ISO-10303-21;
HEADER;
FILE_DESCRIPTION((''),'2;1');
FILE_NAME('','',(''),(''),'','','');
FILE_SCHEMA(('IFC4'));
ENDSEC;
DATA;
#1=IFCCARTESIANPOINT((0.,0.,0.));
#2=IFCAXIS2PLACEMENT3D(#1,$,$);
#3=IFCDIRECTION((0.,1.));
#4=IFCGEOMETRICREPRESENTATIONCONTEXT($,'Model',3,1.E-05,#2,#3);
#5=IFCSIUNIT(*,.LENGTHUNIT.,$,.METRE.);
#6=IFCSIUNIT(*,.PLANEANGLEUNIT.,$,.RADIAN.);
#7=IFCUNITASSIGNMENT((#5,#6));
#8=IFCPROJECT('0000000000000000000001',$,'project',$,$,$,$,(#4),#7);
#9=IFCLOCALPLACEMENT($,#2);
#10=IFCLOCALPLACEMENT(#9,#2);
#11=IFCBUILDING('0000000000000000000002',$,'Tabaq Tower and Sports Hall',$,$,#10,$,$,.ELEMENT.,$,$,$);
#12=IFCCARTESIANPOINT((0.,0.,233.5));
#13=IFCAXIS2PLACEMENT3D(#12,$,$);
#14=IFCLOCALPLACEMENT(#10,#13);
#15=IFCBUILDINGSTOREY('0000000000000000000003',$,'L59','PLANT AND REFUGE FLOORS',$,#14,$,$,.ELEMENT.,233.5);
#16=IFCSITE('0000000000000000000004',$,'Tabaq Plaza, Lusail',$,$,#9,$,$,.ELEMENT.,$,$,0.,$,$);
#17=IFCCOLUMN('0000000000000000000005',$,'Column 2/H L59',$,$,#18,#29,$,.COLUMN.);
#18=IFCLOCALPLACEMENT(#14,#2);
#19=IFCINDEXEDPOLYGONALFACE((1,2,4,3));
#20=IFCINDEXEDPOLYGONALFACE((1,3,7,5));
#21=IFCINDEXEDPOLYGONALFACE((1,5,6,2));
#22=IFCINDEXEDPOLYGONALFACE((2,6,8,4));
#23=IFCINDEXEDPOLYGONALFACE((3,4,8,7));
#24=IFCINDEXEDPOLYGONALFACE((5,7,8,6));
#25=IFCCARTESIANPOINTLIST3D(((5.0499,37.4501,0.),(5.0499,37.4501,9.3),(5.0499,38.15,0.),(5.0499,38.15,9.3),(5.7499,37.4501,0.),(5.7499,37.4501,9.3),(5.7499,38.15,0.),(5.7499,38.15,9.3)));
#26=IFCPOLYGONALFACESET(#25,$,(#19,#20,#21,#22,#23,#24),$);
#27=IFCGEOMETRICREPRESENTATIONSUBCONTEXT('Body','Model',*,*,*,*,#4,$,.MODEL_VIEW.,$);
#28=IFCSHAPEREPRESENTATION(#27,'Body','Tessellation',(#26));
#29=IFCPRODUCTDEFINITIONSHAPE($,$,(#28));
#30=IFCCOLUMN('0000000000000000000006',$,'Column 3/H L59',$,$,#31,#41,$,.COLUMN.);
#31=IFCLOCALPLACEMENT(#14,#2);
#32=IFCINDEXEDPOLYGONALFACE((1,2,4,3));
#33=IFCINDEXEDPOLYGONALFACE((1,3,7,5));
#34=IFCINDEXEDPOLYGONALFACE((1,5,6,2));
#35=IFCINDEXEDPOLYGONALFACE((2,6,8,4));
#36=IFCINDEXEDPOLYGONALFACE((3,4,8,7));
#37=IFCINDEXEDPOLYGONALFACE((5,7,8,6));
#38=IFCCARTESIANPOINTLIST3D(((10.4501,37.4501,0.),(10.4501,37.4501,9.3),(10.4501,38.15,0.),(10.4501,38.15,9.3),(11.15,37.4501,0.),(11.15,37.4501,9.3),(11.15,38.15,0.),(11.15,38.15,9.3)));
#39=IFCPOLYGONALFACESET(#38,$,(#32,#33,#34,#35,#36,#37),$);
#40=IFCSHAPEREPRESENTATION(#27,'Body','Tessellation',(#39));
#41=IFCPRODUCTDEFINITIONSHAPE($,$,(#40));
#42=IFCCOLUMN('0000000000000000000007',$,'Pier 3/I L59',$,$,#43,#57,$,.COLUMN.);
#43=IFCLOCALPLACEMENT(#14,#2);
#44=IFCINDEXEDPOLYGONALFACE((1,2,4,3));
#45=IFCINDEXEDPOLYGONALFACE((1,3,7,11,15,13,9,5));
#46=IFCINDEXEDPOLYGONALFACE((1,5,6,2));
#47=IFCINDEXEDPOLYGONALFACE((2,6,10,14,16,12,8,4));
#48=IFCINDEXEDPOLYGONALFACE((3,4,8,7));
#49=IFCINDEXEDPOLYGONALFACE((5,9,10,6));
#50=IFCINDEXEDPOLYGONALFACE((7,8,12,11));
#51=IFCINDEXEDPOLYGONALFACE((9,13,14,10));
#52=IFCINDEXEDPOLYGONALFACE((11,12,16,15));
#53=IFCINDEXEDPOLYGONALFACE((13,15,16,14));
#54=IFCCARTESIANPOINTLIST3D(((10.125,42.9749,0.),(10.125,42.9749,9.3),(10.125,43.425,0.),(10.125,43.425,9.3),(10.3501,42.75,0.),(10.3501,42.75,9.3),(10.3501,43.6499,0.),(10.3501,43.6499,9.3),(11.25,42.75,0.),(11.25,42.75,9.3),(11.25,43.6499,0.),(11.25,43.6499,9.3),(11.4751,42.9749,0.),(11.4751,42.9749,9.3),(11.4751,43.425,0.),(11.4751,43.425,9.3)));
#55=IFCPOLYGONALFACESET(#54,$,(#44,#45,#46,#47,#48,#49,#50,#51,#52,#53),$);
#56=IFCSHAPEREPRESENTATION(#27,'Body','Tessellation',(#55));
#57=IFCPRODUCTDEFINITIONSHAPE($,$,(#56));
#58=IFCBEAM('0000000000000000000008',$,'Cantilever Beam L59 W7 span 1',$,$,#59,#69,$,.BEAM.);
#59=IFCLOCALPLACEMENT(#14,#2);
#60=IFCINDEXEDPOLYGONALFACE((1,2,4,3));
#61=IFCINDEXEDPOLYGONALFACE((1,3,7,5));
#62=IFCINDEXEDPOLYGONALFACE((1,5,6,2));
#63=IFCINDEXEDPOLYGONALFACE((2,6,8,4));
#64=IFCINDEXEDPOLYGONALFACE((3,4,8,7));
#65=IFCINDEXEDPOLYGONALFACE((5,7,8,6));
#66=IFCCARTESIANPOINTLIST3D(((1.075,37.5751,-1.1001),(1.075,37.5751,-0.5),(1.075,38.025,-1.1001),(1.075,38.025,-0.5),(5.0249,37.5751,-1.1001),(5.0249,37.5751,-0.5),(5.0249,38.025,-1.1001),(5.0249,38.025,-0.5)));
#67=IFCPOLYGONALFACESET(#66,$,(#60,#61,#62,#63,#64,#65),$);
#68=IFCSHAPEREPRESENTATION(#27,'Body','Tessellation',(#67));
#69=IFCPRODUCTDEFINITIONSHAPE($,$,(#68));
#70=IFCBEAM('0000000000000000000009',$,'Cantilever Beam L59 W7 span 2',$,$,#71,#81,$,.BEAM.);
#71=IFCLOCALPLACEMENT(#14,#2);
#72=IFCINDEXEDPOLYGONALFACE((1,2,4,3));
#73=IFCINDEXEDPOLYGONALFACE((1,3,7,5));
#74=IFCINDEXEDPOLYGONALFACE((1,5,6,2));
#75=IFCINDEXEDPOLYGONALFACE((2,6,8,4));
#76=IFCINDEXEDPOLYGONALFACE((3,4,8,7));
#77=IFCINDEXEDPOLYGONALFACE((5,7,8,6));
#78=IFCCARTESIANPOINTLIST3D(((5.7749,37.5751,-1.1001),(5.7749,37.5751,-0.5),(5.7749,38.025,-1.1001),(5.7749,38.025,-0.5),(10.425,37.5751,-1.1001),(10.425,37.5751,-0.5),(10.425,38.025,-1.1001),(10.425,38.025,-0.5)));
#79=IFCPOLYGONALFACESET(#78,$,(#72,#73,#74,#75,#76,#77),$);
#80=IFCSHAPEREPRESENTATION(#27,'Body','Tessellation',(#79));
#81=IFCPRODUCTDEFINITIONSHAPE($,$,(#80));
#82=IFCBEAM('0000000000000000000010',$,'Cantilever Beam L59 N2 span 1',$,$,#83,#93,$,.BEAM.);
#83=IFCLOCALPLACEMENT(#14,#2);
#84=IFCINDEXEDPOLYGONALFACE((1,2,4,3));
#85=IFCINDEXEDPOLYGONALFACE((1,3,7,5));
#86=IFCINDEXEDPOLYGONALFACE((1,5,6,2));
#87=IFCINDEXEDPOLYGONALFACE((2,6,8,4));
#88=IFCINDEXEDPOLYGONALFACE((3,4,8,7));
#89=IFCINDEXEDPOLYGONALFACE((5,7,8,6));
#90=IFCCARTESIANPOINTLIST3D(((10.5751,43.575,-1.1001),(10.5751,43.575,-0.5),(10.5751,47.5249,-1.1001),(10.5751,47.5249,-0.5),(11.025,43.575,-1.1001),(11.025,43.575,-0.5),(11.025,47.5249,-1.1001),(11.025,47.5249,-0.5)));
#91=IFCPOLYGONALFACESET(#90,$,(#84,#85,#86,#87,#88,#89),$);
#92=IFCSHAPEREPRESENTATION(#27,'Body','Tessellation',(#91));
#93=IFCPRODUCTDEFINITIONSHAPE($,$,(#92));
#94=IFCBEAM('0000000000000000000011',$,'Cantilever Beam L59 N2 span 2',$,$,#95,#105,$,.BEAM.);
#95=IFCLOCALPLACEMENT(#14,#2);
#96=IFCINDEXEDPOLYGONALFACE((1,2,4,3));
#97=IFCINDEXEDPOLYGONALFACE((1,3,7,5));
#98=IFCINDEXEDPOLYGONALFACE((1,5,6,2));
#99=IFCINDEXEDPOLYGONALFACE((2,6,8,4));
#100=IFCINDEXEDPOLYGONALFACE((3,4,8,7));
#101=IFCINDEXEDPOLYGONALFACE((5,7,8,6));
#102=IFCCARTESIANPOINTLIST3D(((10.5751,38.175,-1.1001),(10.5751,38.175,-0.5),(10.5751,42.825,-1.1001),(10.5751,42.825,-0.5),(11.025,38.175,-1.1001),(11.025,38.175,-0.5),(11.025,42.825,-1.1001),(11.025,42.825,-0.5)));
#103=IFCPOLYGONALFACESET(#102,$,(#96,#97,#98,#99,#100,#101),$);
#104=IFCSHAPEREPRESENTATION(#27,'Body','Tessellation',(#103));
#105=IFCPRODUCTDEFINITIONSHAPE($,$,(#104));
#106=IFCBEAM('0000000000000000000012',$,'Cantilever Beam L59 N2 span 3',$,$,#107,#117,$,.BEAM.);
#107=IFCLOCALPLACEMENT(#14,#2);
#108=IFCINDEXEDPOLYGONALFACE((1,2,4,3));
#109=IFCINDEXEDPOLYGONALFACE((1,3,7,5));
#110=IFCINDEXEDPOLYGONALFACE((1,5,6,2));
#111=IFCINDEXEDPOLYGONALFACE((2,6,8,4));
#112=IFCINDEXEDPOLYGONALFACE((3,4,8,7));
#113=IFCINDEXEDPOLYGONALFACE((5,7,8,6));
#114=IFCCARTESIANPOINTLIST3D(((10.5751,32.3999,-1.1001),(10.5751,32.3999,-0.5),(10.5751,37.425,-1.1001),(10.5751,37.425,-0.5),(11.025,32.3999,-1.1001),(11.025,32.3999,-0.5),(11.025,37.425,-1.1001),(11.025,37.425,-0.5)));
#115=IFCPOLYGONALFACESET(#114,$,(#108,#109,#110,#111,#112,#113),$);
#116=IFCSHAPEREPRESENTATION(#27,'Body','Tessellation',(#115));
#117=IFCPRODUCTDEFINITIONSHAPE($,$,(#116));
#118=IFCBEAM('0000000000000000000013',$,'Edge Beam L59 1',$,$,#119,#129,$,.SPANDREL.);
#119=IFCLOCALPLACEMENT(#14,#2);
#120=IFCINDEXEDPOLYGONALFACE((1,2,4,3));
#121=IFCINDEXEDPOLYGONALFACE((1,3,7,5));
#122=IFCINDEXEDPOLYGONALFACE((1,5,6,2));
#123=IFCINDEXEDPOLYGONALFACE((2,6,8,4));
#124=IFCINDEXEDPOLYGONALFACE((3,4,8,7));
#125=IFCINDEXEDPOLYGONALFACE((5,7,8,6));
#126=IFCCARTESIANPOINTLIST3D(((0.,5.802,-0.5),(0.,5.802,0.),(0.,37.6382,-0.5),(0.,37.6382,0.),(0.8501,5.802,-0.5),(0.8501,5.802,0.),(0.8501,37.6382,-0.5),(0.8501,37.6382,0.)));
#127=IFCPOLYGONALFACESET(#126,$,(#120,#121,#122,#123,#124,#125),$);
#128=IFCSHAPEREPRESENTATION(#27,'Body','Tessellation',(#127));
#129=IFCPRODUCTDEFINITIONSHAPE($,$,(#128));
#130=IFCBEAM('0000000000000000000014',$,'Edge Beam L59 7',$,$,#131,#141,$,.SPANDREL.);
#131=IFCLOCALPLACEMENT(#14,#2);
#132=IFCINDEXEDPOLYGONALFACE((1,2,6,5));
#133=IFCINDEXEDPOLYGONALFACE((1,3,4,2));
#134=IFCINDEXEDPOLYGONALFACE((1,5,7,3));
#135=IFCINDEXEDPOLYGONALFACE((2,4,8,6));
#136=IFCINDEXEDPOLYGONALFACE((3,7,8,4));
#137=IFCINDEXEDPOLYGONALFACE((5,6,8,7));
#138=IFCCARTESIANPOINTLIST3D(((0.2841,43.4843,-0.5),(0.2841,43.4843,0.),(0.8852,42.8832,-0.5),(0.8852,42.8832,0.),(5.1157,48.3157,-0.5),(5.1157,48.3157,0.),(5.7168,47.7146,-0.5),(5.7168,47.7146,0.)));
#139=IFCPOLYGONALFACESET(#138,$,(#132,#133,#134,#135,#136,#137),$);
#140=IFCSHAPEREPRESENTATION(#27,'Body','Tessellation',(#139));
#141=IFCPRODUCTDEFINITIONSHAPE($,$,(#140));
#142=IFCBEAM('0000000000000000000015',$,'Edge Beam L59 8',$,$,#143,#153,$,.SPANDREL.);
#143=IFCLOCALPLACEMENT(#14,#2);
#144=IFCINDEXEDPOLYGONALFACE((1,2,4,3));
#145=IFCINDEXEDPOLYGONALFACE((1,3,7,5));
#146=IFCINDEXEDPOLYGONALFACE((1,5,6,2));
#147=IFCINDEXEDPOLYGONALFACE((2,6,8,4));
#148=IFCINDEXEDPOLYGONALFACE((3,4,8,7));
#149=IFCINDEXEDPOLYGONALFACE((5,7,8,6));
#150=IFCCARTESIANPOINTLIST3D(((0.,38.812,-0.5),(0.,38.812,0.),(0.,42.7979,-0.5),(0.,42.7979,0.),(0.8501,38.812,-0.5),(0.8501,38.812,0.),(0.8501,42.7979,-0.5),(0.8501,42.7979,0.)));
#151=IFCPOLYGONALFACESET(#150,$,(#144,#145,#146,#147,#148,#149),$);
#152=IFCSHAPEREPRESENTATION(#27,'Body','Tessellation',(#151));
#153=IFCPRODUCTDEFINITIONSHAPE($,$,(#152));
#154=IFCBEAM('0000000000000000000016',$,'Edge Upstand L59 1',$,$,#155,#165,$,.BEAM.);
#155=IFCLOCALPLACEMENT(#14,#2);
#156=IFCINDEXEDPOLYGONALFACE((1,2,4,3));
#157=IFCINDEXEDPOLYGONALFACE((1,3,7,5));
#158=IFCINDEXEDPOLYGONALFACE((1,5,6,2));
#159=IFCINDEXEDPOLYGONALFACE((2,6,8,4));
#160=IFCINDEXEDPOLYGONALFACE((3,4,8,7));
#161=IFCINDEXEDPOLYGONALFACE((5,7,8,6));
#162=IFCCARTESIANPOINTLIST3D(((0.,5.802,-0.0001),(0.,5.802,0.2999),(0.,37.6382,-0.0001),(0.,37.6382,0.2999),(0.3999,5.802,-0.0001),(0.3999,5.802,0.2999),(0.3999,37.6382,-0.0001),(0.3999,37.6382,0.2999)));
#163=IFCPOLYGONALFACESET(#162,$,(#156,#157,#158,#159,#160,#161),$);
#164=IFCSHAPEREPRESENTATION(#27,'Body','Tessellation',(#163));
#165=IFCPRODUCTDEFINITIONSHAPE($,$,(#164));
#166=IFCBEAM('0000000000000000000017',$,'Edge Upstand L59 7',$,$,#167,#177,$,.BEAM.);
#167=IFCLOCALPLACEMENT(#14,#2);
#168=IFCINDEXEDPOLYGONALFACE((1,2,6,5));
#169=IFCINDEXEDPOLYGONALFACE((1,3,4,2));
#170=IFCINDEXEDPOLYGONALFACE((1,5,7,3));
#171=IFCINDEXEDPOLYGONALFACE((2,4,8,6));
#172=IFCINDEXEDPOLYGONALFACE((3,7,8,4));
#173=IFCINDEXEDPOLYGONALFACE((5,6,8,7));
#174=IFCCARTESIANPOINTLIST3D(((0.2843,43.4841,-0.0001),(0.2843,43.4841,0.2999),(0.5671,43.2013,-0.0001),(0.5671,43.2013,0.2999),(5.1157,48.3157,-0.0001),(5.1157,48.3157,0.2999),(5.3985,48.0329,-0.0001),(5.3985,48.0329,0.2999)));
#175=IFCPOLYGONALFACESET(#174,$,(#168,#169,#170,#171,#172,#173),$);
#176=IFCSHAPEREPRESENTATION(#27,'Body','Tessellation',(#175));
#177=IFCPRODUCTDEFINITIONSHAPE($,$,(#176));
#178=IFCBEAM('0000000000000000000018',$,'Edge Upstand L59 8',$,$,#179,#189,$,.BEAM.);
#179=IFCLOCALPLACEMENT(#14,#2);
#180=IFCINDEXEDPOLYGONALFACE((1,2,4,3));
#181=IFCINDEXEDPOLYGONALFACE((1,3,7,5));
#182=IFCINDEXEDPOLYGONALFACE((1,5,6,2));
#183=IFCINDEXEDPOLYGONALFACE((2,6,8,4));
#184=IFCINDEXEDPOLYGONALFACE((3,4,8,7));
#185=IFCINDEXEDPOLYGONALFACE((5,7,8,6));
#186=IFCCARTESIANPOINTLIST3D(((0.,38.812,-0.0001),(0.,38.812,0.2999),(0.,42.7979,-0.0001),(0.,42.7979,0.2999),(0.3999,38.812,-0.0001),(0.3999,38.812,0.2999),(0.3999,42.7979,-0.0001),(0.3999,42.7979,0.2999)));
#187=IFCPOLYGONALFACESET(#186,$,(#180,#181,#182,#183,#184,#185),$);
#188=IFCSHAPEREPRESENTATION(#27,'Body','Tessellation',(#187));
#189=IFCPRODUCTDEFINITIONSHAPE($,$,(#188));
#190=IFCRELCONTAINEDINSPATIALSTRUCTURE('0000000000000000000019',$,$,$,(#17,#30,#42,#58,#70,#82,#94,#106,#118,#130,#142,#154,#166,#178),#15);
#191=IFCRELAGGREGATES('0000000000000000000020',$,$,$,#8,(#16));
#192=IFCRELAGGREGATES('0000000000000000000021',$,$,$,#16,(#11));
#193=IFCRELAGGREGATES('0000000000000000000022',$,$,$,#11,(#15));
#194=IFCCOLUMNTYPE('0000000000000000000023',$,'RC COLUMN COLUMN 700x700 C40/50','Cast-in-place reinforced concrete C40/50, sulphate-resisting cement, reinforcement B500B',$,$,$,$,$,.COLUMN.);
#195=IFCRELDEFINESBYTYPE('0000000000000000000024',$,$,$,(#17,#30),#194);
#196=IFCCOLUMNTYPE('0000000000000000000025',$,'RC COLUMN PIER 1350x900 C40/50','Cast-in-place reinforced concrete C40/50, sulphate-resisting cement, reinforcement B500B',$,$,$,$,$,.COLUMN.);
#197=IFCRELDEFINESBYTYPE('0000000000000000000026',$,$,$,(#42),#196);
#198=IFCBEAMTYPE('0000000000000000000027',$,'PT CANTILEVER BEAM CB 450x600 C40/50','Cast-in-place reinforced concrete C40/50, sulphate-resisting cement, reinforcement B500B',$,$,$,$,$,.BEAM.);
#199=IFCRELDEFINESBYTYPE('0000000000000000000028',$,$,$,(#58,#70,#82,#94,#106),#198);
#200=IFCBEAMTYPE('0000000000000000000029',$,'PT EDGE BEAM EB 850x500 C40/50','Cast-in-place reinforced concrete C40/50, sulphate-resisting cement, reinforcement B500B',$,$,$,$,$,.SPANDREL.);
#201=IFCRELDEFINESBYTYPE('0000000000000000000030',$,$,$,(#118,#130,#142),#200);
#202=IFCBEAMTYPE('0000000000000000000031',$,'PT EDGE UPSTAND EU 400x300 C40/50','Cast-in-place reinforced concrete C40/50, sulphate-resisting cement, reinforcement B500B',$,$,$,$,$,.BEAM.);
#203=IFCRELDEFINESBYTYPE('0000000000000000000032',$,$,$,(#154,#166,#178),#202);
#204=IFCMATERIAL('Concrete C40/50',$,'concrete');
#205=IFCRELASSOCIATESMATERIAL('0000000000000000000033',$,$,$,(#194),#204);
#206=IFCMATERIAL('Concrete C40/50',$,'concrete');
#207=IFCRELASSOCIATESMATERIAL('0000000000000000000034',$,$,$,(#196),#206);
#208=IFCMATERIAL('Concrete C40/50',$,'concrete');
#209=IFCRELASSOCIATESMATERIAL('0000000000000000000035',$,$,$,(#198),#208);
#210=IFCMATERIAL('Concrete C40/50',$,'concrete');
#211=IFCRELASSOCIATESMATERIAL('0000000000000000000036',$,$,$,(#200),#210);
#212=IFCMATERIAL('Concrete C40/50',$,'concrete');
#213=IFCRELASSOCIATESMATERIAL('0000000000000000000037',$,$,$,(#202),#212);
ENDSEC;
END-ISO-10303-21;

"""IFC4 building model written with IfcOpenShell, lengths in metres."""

from ifc_helpers import new_model, si_unit, direction, frame, origin, origin_2d, place, context, subcontext, project, spatial, polyline, rectangle, outline, extrude, material, material_profile, profile_set, type_object, element, save


model = new_model("IFC4")

# Units and contexts
model_context = context("Model", 3, precision=1e-05, world=origin(), true_north=direction((0.0, 1.0)))
body_context = subcontext(model_context, "Body", "Model", "MODEL_VIEW")
ifc_project = project(units=[si_unit("LENGTHUNIT", "METRE"), si_unit("PLANEANGLEUNIT", "RADIAN")], contexts=[model_context])

# Site, building, storey
site_placement = place(None, origin())
site = spatial("IfcSite", under=ifc_project, at=site_placement, Name="Tabaq Plaza, Lusail", CompositionType="ELEMENT", RefElevation=0.0)
building_placement = place(site_placement, origin())
building = spatial("IfcBuilding", under=site, at=building_placement, Name="Tabaq Tower and Sports Hall", CompositionType="ELEMENT")
storey_placement = place(building_placement, frame((0.0, 0.0, 233.5)))
storey = spatial("IfcBuildingStorey", under=building, at=storey_placement, Name="L59", Description="PLANT AND REFUGE FLOORS", CompositionType="ELEMENT", Elevation=233.5)

# Columns
ifc_material_1 = material(Name="Concrete C40/50", Category="concrete")
ifc_material_profile_1 = material_profile(ifc_material_1, rectangle(XDim=0.7, YDim=0.7, at=origin_2d()), Name="COLUMN 700x700")
ifc_profile_set_1 = profile_set([ifc_material_profile_1], Name="Concrete C40/50")
column_type_1 = type_object("IfcColumnType", Name="RC COLUMN COLUMN 700x700 C40/50", Description="Cast-in-place reinforced concrete C40/50, sulphate-resisting cement, reinforcement B500B", PredefinedType="COLUMN", material=ifc_profile_set_1)
for number, where, z_axis, x_axis, name in (
    (1, (5.3999, 37.8, 0.0), (0.0, 0.0, 1.0), (1.0, 0.0, 0.0), "Column 2/H L59"),
    (2, (10.8, 37.8, 0.0), (0.0, 0.0, 1.0), (1.0, 0.0, 0.0), "Column 3/H L59"),
):
    element("IfcColumn", number, at=place(storey_placement, frame(where, z_axis=z_axis, x_axis=x_axis)), inside=storey, type_object=column_type_1, Name=name, PredefinedType="COLUMN", context=body_context, shape_type="SweptSolid", body=[
        extrude(rectangle(XDim=0.7, YDim=0.7, at=origin_2d()), origin(), (0.0, 0.0, 1.0), 9.3),
    ])
ifc_material_2 = material(Name="Concrete C40/50", Category="concrete")
ifc_material_profile_2 = material_profile(ifc_material_2, outline(polyline([(-0.45, -0.45), (0.45, -0.45), (0.675, -0.2251), (0.675, 0.2251), (0.45, 0.45), (-0.45, 0.45), (-0.675, 0.2251), (-0.675, -0.2251), (-0.45, -0.45)])), Name="PIER 1350x900")
ifc_profile_set_2 = profile_set([ifc_material_profile_2], Name="Concrete C40/50")
column_type_2 = type_object("IfcColumnType", Name="RC COLUMN PIER 1350x900 C40/50", Description="Cast-in-place reinforced concrete C40/50, sulphate-resisting cement, reinforcement B500B", PredefinedType="COLUMN", material=ifc_profile_set_2)
column_placement = place(storey_placement, frame((10.8, 43.2, 0.0), z_axis=(0.0, 0.0, 1.0), x_axis=(1.0, 0.0, 0.0)))
element("IfcColumn", 3, at=column_placement, inside=storey, type_object=column_type_2, Name="Pier 3/I L59", PredefinedType="COLUMN", context=body_context, shape_type="SweptSolid", body=[
    extrude(outline(polyline([(-0.45, -0.45), (0.45, -0.45), (0.675, -0.2251), (0.675, 0.2251), (0.45, 0.45), (-0.45, 0.45), (-0.675, 0.2251), (-0.675, -0.2251), (-0.45, -0.45)])), origin(), (0.0, 0.0, 1.0), 9.3),
])

# Beams
ifc_material_3 = material(Name="Concrete C40/50", Category="concrete")
ifc_material_profile_3 = material_profile(ifc_material_3, rectangle(XDim=0.45, YDim=0.6001, at=origin_2d()), Name="CB 450x600")
ifc_profile_set_3 = profile_set([ifc_material_profile_3], Name="Concrete C40/50")
beam_type_1 = type_object("IfcBeamType", Name="PT CANTILEVER BEAM CB 450x600 C40/50", Description="Cast-in-place reinforced concrete C40/50, sulphate-resisting cement, reinforcement B500B", PredefinedType="BEAM", material=ifc_profile_set_3)
beam_1_placement = place(storey_placement, frame((1.075, 37.8, -0.8), z_axis=(1.0, 0.0, 0.0), x_axis=(0.0, 1.0, 0.0)))
element("IfcBeam", 4, at=beam_1_placement, inside=storey, type_object=beam_type_1, Name="Cantilever Beam L59 W7 span 1", PredefinedType="BEAM", context=body_context, shape_type="SweptSolid", body=[
    extrude(rectangle(XDim=0.45, YDim=0.6001, at=origin_2d()), origin(), (0.0, 0.0, 1.0), 3.95),
])
beam_2_placement = place(storey_placement, frame((5.7749, 37.8, -0.8), z_axis=(1.0, 0.0, 0.0), x_axis=(0.0, 1.0, 0.0)))
element("IfcBeam", 5, at=beam_2_placement, inside=storey, type_object=beam_type_1, Name="Cantilever Beam L59 W7 span 2", PredefinedType="BEAM", context=body_context, shape_type="SweptSolid", body=[
    extrude(rectangle(XDim=0.45, YDim=0.6001, at=origin_2d()), origin(), (0.0, 0.0, 1.0), 4.6501),
])
beam_3_placement = place(storey_placement, frame((10.8, 47.5249, -0.8), z_axis=(0.0, -1.0, 0.0), x_axis=(1.0, 0.0, 0.0)))
element("IfcBeam", 6, at=beam_3_placement, inside=storey, type_object=beam_type_1, Name="Cantilever Beam L59 N2 span 1", PredefinedType="BEAM", context=body_context, shape_type="SweptSolid", body=[
    extrude(rectangle(XDim=0.45, YDim=0.6001, at=origin_2d()), origin(), (0.0, 0.0, 1.0), 3.95),
])
beam_4_placement = place(storey_placement, frame((10.8, 42.825, -0.8), z_axis=(0.0, -1.0, 0.0), x_axis=(1.0, 0.0, 0.0)))
element("IfcBeam", 7, at=beam_4_placement, inside=storey, type_object=beam_type_1, Name="Cantilever Beam L59 N2 span 2", PredefinedType="BEAM", context=body_context, shape_type="SweptSolid", body=[
    extrude(rectangle(XDim=0.45, YDim=0.6001, at=origin_2d()), origin(), (0.0, 0.0, 1.0), 4.6499),
])
beam_5_placement = place(storey_placement, frame((10.8, 37.425, -0.8), z_axis=(0.0, -1.0, 0.0), x_axis=(1.0, 0.0, 0.0)))
element("IfcBeam", 8, at=beam_5_placement, inside=storey, type_object=beam_type_1, Name="Cantilever Beam L59 N2 span 3", PredefinedType="BEAM", context=body_context, shape_type="SweptSolid", body=[
    extrude(rectangle(XDim=0.45, YDim=0.6001, at=origin_2d()), origin(), (0.0, 0.0, 1.0), 5.0251),
])
ifc_material_4 = material(Name="Concrete C40/50", Category="concrete")
ifc_material_profile_4 = material_profile(ifc_material_4, rectangle(XDim=0.8501, YDim=0.5, at=origin_2d()), Name="EB 850x500")
ifc_profile_set_4 = profile_set([ifc_material_profile_4], Name="Concrete C40/50")
beam_type_2 = type_object("IfcBeamType", Name="PT EDGE BEAM EB 850x500 C40/50", Description="Cast-in-place reinforced concrete C40/50, sulphate-resisting cement, reinforcement B500B", PredefinedType="SPANDREL", material=ifc_profile_set_4)
beam_6_placement = place(storey_placement, frame((0.425, 37.6382, -0.25), z_axis=(0.0, -1.0, 0.0), x_axis=(1.0, 0.0, 0.0)))
element("IfcBeam", 9, at=beam_6_placement, inside=storey, type_object=beam_type_2, Name="Edge Beam L59 1", PredefinedType="SPANDREL", context=body_context, shape_type="SweptSolid", body=[
    extrude(rectangle(XDim=0.8501, YDim=0.5, at=origin_2d()), origin(), (0.0, 0.0, 1.0), 31.8362),
])
beam_7_placement = place(storey_placement, frame((5.4163, 48.0151, -0.25), z_axis=(-0.707125, -0.707089, 0.0), x_axis=(0.707089, -0.707125, 0.0)))
element("IfcBeam", 10, at=beam_7_placement, inside=storey, type_object=beam_type_2, Name="Edge Beam L59 7", PredefinedType="SPANDREL", context=body_context, shape_type="SweptSolid", body=[
    extrude(rectangle(XDim=0.8501, YDim=0.5, at=origin_2d()), origin(), (0.0, 0.0, 1.0), 6.8328),
])
beam_8_placement = place(storey_placement, frame((0.425, 42.7979, -0.25), z_axis=(0.0, -1.0, 0.0), x_axis=(1.0, 0.0, 0.0)))
element("IfcBeam", 11, at=beam_8_placement, inside=storey, type_object=beam_type_2, Name="Edge Beam L59 8", PredefinedType="SPANDREL", context=body_context, shape_type="SweptSolid", body=[
    extrude(rectangle(XDim=0.8501, YDim=0.5, at=origin_2d()), origin(), (0.0, 0.0, 1.0), 3.9858),
])
ifc_material_5 = material(Name="Concrete C40/50", Category="concrete")
ifc_material_profile_5 = material_profile(ifc_material_5, rectangle(XDim=0.3999, YDim=0.3, at=origin_2d()), Name="EU 400x300")
ifc_profile_set_5 = profile_set([ifc_material_profile_5], Name="Concrete C40/50")
beam_type_3 = type_object("IfcBeamType", Name="PT EDGE UPSTAND EU 400x300 C40/50", Description="Cast-in-place reinforced concrete C40/50, sulphate-resisting cement, reinforcement B500B", PredefinedType="BEAM", material=ifc_profile_set_5)
beam_9_placement = place(storey_placement, frame((0.2, 37.6382, 0.1499), z_axis=(0.0, -1.0, 0.0), x_axis=(1.0, 0.0, 0.0)))
element("IfcBeam", 12, at=beam_9_placement, inside=storey, type_object=beam_type_3, Name="Edge Upstand L59 1", PredefinedType="BEAM", context=body_context, shape_type="SweptSolid", body=[
    extrude(rectangle(XDim=0.3999, YDim=0.3, at=origin_2d()), origin(), (0.0, 0.0, 1.0), 31.8362),
])
beam_10_placement = place(storey_placement, frame((5.2571, 48.1743, 0.1499), z_axis=(-0.707089, -0.707125, 0.0), x_axis=(0.707125, -0.707089, 0.0)))
element("IfcBeam", 13, at=beam_10_placement, inside=storey, type_object=beam_type_3, Name="Edge Upstand L59 7", PredefinedType="BEAM", context=body_context, shape_type="SweptSolid", body=[
    extrude(rectangle(XDim=0.3999, YDim=0.3, at=origin_2d()), origin(), (0.0, 0.0, 1.0), 6.8328),
])
beam_11_placement = place(storey_placement, frame((0.2, 42.7979, 0.1499), z_axis=(0.0, -1.0, 0.0), x_axis=(1.0, 0.0, 0.0)))
element("IfcBeam", 14, at=beam_11_placement, inside=storey, type_object=beam_type_3, Name="Edge Upstand L59 8", PredefinedType="BEAM", context=body_context, shape_type="SweptSolid", body=[
    extrude(rectangle(XDim=0.3999, YDim=0.3, at=origin_2d()), origin(), (0.0, 0.0, 1.0), 3.9858),
])

save(model, "model.ifc")
